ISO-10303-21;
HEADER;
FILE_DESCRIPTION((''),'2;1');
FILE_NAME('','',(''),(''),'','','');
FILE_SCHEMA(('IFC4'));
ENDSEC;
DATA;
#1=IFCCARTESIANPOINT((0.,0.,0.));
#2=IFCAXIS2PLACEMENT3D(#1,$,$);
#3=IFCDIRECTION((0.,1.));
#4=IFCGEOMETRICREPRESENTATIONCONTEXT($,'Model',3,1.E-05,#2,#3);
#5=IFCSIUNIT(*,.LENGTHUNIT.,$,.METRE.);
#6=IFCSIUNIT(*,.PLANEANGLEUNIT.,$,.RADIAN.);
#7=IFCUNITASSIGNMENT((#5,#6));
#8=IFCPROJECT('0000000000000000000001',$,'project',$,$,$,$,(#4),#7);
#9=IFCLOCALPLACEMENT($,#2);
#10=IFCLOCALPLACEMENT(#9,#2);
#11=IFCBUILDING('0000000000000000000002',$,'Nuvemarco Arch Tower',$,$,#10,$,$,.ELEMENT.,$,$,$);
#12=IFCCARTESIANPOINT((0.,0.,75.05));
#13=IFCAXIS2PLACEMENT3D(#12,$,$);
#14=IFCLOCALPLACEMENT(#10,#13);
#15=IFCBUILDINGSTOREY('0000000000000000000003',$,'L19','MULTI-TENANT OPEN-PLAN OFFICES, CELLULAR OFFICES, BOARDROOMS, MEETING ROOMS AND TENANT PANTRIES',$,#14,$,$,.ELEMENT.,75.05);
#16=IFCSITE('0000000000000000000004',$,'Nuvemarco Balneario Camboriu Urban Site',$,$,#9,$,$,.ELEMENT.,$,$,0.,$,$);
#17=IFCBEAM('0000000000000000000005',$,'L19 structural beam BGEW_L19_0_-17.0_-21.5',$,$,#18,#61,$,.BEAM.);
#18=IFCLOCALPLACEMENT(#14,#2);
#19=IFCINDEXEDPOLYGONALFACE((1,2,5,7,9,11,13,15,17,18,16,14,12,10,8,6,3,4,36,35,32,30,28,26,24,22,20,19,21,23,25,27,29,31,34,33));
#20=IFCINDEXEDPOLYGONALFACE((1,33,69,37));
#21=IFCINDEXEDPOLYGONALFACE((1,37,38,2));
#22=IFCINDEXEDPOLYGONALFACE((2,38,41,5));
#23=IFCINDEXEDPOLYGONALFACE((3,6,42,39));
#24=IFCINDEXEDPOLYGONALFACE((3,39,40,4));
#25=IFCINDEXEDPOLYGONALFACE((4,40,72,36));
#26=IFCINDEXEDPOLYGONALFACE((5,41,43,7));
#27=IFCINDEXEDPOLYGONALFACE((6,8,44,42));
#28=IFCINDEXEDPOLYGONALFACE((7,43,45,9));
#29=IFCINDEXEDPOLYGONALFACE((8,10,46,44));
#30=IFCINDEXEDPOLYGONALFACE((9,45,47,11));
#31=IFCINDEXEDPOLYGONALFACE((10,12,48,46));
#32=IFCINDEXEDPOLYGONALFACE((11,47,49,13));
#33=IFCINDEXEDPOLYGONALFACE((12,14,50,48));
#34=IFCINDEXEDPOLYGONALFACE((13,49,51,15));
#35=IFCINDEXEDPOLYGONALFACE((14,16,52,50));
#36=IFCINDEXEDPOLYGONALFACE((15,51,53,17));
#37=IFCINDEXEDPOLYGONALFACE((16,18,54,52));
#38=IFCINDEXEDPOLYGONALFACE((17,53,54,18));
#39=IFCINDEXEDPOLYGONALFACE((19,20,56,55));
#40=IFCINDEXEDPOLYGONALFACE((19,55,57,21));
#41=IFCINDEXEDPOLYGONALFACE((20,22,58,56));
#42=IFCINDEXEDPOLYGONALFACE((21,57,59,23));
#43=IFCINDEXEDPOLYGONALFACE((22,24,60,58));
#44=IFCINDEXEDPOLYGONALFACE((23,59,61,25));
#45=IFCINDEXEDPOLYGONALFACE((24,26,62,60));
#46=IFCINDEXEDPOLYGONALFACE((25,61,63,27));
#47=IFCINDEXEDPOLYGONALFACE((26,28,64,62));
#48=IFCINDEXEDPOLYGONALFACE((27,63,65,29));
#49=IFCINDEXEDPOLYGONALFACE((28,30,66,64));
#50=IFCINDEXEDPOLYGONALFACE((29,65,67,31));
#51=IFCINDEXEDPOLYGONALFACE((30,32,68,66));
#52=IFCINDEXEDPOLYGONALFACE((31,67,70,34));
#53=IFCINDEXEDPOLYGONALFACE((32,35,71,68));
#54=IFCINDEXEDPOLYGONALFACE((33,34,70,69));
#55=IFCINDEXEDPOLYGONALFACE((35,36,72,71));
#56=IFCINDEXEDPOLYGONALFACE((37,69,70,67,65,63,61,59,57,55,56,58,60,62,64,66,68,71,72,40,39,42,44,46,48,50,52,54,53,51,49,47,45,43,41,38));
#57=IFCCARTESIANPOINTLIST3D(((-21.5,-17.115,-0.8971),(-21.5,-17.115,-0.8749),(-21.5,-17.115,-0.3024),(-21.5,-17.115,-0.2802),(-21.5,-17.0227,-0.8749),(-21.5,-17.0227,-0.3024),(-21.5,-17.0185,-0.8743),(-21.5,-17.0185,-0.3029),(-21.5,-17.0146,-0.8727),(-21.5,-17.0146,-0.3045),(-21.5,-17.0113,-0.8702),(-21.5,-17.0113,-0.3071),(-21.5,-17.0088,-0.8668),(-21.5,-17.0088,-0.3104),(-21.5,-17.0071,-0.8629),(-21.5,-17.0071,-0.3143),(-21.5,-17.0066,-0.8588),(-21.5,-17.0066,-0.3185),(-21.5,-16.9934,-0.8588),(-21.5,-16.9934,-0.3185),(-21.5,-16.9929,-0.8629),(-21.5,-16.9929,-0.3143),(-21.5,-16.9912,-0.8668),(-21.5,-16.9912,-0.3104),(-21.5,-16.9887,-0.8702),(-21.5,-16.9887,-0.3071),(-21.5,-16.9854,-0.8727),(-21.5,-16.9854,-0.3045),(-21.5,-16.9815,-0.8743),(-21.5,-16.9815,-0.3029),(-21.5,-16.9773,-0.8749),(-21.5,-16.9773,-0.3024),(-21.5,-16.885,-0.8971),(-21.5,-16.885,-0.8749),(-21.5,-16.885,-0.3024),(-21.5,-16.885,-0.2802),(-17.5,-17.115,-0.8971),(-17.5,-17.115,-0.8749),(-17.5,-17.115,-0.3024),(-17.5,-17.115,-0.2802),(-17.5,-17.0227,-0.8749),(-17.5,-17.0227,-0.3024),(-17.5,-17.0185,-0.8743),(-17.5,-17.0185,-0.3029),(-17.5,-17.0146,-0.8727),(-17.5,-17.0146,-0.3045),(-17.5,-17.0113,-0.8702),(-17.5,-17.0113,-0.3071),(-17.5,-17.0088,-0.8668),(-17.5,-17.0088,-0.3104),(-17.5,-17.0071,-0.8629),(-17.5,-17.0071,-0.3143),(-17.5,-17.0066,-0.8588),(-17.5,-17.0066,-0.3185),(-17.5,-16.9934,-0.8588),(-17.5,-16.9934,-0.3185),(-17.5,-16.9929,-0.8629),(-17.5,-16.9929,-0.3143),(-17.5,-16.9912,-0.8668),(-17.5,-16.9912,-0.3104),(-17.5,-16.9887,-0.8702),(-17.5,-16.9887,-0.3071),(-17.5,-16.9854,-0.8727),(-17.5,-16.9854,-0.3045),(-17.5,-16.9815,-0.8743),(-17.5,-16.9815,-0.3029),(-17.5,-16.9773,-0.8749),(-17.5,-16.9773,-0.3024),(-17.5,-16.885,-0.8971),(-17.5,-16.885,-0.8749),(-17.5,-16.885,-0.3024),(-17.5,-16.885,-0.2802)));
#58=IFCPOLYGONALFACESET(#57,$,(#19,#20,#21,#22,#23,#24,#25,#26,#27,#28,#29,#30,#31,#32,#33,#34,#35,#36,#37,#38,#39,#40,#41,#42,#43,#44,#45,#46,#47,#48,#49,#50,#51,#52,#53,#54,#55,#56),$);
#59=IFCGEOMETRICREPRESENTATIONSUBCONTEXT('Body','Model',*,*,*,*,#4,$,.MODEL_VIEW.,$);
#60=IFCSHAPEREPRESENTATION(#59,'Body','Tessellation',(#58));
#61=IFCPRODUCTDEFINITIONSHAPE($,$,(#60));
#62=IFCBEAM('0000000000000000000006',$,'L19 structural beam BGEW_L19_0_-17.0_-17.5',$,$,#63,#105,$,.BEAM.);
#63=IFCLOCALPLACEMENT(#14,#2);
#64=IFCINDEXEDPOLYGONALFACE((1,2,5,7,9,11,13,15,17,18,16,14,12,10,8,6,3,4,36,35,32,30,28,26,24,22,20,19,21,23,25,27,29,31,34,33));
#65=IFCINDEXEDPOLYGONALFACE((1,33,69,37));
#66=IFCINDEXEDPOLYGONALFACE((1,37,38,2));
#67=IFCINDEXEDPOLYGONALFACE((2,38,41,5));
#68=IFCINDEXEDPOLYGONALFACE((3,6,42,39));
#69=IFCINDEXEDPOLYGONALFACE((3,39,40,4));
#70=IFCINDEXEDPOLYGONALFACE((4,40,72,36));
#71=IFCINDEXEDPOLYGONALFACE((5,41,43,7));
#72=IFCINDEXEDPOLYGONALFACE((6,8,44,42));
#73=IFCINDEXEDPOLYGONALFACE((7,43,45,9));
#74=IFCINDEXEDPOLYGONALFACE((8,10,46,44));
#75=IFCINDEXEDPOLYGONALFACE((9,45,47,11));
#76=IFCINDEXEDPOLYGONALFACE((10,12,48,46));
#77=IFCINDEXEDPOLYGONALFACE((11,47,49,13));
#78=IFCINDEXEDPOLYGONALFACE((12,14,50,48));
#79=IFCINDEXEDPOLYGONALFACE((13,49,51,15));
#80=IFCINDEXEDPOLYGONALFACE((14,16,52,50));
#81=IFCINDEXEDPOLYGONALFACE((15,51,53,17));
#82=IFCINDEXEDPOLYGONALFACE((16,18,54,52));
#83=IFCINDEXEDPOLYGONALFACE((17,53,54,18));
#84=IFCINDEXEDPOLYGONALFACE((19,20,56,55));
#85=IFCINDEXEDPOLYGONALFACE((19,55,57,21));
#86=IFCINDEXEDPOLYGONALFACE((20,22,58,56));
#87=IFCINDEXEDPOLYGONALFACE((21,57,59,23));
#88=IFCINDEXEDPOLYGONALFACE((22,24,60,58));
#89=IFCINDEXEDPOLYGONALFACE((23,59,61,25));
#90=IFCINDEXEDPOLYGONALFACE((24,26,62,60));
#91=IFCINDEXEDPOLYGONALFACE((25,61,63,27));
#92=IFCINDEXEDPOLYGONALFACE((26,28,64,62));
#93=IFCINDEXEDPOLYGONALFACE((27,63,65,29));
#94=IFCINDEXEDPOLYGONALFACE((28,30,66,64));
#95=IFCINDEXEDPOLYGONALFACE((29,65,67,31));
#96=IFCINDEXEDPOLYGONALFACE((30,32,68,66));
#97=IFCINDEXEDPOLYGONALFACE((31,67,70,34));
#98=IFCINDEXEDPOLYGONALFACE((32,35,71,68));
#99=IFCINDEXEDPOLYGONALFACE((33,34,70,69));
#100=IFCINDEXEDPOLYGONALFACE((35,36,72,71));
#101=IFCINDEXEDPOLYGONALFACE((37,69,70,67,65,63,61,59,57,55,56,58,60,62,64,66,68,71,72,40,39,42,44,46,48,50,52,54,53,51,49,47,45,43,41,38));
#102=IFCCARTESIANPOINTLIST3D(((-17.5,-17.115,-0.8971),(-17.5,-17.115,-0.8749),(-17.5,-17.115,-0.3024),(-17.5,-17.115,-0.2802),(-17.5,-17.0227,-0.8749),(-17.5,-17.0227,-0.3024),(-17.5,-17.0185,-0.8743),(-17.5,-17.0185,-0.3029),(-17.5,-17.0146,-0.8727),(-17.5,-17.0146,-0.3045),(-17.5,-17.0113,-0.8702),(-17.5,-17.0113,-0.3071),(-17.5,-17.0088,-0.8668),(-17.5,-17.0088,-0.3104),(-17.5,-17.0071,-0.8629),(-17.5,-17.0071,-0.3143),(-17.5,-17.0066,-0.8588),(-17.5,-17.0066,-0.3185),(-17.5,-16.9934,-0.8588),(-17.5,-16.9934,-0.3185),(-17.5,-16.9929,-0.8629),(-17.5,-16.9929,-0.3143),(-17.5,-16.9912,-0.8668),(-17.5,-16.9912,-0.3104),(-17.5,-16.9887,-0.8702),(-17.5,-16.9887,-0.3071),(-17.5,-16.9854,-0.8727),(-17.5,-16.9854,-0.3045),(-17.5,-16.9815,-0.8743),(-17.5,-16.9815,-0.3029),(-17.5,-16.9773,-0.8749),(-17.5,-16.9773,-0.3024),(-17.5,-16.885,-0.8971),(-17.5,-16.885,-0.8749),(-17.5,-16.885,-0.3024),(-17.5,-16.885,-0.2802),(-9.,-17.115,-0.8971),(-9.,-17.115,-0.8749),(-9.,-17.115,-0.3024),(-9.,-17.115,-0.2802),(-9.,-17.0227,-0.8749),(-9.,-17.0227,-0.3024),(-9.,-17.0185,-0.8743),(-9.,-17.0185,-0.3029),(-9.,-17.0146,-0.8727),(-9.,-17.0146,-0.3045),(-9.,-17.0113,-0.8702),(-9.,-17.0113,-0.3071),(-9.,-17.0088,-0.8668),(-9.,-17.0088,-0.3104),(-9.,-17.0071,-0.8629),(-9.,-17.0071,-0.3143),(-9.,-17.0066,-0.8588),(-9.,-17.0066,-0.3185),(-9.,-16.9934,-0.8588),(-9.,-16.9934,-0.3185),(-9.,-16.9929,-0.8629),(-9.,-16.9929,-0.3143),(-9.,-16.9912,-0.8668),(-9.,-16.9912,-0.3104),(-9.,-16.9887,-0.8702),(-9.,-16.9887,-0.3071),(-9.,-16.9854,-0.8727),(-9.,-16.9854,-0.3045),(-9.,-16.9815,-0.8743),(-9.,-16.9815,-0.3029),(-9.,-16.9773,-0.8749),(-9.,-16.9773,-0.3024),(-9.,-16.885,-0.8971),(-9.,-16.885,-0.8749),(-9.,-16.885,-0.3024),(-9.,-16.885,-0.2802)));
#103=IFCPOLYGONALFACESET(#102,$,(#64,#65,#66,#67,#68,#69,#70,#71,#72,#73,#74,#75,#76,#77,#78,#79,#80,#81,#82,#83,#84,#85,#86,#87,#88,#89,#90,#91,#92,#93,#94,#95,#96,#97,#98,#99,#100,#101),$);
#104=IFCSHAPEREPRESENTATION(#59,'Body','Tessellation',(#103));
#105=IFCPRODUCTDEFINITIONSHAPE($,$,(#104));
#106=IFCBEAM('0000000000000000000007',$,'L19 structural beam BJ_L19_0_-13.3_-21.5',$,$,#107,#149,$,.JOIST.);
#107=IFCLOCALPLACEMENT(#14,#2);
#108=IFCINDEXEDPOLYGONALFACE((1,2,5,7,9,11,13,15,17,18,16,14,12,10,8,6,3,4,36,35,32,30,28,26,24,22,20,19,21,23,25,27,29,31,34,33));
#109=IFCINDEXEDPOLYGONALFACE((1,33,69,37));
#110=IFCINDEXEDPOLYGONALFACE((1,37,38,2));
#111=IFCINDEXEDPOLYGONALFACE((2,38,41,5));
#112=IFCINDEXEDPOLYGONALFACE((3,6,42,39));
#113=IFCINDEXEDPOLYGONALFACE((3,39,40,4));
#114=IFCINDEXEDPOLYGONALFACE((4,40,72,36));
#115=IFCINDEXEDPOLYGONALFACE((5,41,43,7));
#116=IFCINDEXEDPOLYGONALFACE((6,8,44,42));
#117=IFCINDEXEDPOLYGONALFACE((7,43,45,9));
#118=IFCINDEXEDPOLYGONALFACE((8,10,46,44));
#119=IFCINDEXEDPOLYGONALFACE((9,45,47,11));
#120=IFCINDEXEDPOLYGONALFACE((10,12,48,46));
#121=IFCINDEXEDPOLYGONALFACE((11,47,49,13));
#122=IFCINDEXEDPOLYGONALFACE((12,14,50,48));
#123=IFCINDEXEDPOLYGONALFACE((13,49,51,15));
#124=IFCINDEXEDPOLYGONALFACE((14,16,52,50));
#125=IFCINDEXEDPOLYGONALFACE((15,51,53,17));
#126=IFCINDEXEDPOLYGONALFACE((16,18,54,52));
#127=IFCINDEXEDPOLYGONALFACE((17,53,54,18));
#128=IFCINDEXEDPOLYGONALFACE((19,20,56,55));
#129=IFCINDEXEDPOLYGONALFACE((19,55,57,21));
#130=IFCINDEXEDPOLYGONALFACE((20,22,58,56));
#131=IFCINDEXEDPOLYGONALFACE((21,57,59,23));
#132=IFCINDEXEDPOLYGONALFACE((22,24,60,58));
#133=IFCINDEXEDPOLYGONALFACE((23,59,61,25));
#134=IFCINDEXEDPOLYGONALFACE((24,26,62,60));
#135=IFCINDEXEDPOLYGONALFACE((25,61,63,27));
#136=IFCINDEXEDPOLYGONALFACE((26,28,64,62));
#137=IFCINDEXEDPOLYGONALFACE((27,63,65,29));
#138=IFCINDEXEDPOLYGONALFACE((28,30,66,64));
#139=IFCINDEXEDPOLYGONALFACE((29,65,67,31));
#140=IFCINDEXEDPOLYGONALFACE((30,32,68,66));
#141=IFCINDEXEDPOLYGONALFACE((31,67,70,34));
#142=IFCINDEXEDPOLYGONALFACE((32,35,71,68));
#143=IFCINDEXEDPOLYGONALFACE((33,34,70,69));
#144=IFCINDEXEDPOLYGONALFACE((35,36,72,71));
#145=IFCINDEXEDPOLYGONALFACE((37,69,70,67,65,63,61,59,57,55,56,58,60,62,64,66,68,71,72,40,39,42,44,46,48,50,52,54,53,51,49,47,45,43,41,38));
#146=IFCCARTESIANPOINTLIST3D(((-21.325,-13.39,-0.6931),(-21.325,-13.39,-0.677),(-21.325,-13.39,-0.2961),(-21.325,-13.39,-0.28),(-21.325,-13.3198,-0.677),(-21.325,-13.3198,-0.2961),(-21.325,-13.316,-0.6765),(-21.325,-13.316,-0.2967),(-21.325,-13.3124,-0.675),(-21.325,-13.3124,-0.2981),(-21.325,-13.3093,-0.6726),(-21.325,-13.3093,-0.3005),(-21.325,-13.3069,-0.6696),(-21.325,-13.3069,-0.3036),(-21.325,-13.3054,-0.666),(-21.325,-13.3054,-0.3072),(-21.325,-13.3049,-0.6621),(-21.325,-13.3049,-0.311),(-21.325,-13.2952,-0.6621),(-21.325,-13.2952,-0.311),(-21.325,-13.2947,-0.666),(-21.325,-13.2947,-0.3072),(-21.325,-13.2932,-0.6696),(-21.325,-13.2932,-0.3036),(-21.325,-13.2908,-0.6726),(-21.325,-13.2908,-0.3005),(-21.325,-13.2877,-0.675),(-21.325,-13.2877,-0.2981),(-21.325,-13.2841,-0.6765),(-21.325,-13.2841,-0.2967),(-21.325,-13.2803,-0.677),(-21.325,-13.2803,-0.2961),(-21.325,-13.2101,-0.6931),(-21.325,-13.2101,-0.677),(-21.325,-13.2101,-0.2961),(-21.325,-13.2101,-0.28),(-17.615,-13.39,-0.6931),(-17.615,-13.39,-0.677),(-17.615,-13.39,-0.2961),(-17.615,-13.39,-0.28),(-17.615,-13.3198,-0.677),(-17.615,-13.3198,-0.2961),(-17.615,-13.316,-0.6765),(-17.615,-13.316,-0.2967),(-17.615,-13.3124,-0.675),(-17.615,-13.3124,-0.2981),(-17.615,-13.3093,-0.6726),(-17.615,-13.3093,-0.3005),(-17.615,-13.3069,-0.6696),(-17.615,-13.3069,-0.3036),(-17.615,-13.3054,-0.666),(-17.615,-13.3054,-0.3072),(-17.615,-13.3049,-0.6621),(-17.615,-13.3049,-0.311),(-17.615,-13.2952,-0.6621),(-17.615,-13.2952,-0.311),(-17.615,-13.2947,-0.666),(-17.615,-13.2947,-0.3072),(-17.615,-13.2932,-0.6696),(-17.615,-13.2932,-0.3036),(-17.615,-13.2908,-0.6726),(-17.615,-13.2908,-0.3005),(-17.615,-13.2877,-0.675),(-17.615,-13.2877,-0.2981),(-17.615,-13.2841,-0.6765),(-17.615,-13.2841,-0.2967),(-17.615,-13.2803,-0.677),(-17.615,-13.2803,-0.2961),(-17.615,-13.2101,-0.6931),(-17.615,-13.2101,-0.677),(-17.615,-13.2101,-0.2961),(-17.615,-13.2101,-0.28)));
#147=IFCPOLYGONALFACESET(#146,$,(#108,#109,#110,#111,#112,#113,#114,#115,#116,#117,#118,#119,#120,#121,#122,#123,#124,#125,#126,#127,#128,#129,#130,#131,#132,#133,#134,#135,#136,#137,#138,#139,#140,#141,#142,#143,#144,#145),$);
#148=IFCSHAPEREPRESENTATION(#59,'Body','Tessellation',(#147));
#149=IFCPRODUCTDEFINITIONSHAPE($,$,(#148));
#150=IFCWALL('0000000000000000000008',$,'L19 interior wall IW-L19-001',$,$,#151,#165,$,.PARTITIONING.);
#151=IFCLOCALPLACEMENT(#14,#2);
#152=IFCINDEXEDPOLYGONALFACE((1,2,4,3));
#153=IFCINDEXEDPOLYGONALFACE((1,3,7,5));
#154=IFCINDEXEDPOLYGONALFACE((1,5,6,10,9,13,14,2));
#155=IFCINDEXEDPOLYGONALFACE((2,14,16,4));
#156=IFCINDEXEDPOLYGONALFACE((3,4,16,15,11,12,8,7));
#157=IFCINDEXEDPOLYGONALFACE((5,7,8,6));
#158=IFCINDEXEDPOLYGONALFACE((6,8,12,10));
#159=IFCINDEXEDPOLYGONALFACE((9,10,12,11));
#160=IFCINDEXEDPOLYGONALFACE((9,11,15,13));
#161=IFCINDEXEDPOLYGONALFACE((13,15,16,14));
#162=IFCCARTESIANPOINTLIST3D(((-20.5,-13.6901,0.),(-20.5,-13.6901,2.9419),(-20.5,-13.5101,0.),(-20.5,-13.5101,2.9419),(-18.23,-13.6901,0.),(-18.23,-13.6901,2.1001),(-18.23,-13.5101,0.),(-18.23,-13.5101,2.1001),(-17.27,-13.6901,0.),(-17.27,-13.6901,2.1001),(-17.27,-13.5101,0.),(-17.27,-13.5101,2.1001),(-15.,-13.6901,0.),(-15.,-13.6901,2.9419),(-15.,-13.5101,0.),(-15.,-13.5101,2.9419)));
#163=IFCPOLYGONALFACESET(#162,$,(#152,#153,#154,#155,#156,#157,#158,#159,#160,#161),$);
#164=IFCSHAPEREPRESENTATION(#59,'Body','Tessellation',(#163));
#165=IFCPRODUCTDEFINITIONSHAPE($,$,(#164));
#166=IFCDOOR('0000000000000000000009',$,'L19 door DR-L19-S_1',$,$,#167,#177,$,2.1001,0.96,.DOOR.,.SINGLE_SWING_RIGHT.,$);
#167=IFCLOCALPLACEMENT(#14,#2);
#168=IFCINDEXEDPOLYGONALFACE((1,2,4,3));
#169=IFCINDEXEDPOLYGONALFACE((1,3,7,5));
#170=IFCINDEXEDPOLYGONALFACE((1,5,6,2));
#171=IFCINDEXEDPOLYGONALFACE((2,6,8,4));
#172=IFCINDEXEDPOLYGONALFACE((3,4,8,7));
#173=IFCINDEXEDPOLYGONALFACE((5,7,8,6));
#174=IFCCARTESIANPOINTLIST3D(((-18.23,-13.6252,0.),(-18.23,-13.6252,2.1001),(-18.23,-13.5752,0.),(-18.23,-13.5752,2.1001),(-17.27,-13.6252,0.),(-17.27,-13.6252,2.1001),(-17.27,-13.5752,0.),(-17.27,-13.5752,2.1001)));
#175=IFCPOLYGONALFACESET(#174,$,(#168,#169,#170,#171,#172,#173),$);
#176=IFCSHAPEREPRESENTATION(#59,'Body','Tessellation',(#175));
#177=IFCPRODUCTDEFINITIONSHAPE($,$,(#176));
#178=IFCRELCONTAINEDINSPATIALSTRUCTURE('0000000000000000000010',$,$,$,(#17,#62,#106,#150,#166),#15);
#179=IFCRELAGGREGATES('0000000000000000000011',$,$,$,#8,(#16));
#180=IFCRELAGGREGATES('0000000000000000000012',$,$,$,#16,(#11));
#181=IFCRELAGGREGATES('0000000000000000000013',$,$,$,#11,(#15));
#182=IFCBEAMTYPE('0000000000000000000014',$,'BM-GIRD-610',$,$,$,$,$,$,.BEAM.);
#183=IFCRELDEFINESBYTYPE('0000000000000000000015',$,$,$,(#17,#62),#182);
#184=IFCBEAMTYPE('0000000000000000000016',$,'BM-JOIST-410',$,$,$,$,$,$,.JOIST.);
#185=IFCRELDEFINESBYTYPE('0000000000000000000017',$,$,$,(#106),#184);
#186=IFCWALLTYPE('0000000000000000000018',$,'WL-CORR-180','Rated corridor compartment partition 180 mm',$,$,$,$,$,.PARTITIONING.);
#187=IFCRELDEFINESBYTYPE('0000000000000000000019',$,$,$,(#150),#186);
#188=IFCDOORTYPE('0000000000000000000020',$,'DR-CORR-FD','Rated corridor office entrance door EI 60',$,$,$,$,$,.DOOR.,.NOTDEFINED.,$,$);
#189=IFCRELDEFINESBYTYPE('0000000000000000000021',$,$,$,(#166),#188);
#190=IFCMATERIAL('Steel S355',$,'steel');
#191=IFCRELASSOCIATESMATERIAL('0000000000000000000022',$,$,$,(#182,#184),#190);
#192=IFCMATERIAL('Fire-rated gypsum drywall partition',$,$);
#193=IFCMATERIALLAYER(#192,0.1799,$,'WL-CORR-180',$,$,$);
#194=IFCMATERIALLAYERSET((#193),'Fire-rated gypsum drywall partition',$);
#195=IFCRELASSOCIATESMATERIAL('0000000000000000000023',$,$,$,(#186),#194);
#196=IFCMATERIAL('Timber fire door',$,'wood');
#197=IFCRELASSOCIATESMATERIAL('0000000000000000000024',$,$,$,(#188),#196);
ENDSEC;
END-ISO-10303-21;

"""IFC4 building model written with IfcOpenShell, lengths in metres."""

from ifc_helpers import new_model, si_unit, direction, frame, frame_2d, origin, origin_2d, place, context, subcontext, project, spatial, rectangle, i_section, extrude, source, transform, mapped, material, layer, layer_set, material_profile, profile_set, type_object, type_shapes, element, fill, save


model = new_model("IFC4")

# Units and contexts
model_context = context("Model", 3, precision=1e-05, world=origin(), true_north=direction((0.0, 1.0)))
body_context = subcontext(model_context, "Body", "Model", "MODEL_VIEW")
ifc_project = project(units=[si_unit("LENGTHUNIT", "METRE"), si_unit("PLANEANGLEUNIT", "RADIAN")], contexts=[model_context])

# Site, building, storey
site_placement = place(None, origin())
site = spatial("IfcSite", under=ifc_project, at=site_placement, Name="Nuvemarco Balneario Camboriu Urban Site", CompositionType="ELEMENT", RefElevation=0.0)
building_placement = place(site_placement, origin())
building = spatial("IfcBuilding", under=site, at=building_placement, Name="Nuvemarco Arch Tower", CompositionType="ELEMENT")
storey_placement = place(building_placement, frame((0.0, 0.0, 75.05)))
storey = spatial("IfcBuildingStorey", under=building, at=storey_placement, Name="L19", Description="MULTI-TENANT OPEN-PLAN OFFICES, CELLULAR OFFICES, BOARDROOMS, MEETING ROOMS AND TENANT PANTRIES", CompositionType="ELEMENT", Elevation=75.05)

# Shared definitions
ifc_material_1 = material(Name="Steel S355", Category="steel")

# Beams
ifc_material_profile_1 = material_profile(ifc_material_1, i_section(OverallWidth=0.23, OverallDepth=0.6169, WebThickness=0.0132, FlangeThickness=0.0222, FilletRadius=0.0161, at=origin_2d()), Name="W610x140")
ifc_profile_set_1 = profile_set([ifc_material_profile_1], Name="Steel S355")
beam_type_1 = type_object("IfcBeamType", Name="BM-GIRD-610", PredefinedType="BEAM", material=ifc_profile_set_1)
beam_1_placement = place(storey_placement, frame((-21.5, -17.0, -0.5886), z_axis=(1.0, 0.0, 0.0), x_axis=(0.0, 1.0, 0.0)))
element("IfcBeam", 1, at=beam_1_placement, inside=storey, type_object=beam_type_1, Name="L19 structural beam BGEW_L19_0_-17.0_-21.5", PredefinedType="BEAM", context=body_context, shape_type="SweptSolid", body=[
    extrude(i_section(OverallWidth=0.23, OverallDepth=0.6169, WebThickness=0.0132, FlangeThickness=0.0222, FilletRadius=0.0161, at=origin_2d()), origin(), (0.0, 0.0, 1.0), 4.0),
])
beam_2_placement = place(storey_placement, frame((-17.5, -17.0, -0.5886), z_axis=(1.0, 0.0, 0.0), x_axis=(0.0, 1.0, 0.0)))
element("IfcBeam", 2, at=beam_2_placement, inside=storey, type_object=beam_type_1, Name="L19 structural beam BGEW_L19_0_-17.0_-17.5", PredefinedType="BEAM", context=body_context, shape_type="SweptSolid", body=[
    extrude(i_section(OverallWidth=0.23, OverallDepth=0.6169, WebThickness=0.0132, FlangeThickness=0.0222, FilletRadius=0.0161, at=origin_2d()), origin(), (0.0, 0.0, 1.0), 8.5),
])
ifc_material_profile_2 = material_profile(ifc_material_1, i_section(OverallWidth=0.1799, OverallDepth=0.4131, WebThickness=0.0098, FlangeThickness=0.0161, FilletRadius=0.0149, at=origin_2d()), Name="W410x75")
ifc_profile_set_2 = profile_set([ifc_material_profile_2], Name="Steel S355")
beam_type_2 = type_object("IfcBeamType", Name="BM-JOIST-410", PredefinedType="JOIST", material=ifc_profile_set_2)
beam_3_placement = place(storey_placement, frame((-21.325, -13.3, -0.4866), z_axis=(1.0, 0.0, 0.0), x_axis=(0.0, 1.0, 0.0)))
element("IfcBeam", 3, at=beam_3_placement, inside=storey, type_object=beam_type_2, Name="L19 structural beam BJ_L19_0_-13.3_-21.5", PredefinedType="JOIST", context=body_context, shape_type="SweptSolid", body=[
    extrude(i_section(OverallWidth=0.1799, OverallDepth=0.4131, WebThickness=0.0098, FlangeThickness=0.0161, FilletRadius=0.0149, at=origin_2d()), origin(), (0.0, 0.0, 1.0), 3.71),
])

# Wall, opening, door
ifc_material_2 = material(Name="Fire-rated gypsum drywall partition")
ifc_layer = layer(ifc_material_2, 0.1799, Name="WL-CORR-180")
ifc_layer_set = layer_set([ifc_layer], Name="Fire-rated gypsum drywall partition")
wall_type = type_object("IfcWallType", Name="WL-CORR-180", Description="Rated corridor compartment partition 180 mm", PredefinedType="PARTITIONING", material=ifc_layer_set)
wall_1_placement = place(storey_placement, frame((-20.5, -13.6001, 0.0), z_axis=(0.0, 0.0, 1.0), x_axis=(1.0, 0.0, 0.0)))
wall_1 = element("IfcWall", 4, at=wall_1_placement, inside=storey, type_object=wall_type, Name="L19 interior wall IW-L19-001", PredefinedType="PARTITIONING", context=body_context, shape_type="SweptSolid", body=[
    extrude(rectangle(XDim=5.5, YDim=0.1799, at=frame_2d((2.75, 0.0))), origin(), (0.0, 0.0, 1.0), 2.9419),
])
opening_1_placement = place(wall_1_placement, frame((2.27, 0.0, 0.0)))
opening_1 = element("IfcOpeningElement", 5, at=opening_1_placement, cuts=wall_1, PredefinedType="OPENING", context=body_context, shape_type="SweptSolid", body=[
    extrude(rectangle(XDim=0.96, YDim=2.1001, at=frame_2d((0.48, 1.05))), frame((0.0, 0.0999, 0.0), z_axis=(0.0, -1.0, 0.0), x_axis=(1.0, 0.0, 0.0)), (0.0, 0.0, 1.0), 0.2),
])
ifc_material_3 = material(Name="Timber fire door", Category="wood")
door_type = type_object("IfcDoorType", Name="DR-CORR-FD", Description="Rated corridor office entrance door EI 60", OperationType="NOTDEFINED", PredefinedType="DOOR", material=ifc_material_3)
shared_shape_1 = source(origin(), body_context, "Body", "SweptSolid", [
    extrude(rectangle(XDim=0.96, YDim=2.1001, at=frame_2d((0.48, 1.05))), frame((0.0, 0.0249, 0.0), z_axis=(0.0, -1.0, 0.0), x_axis=(1.0, 0.0, 0.0)), (0.0, 0.0, 1.0), 0.05),
])
type_shapes(door_type, [shared_shape_1])
door_1_placement = place(opening_1_placement, origin())
door_1 = element("IfcDoor", 6, at=door_1_placement, inside=storey, type_object=door_type, Name="L19 door DR-L19-S_1", OperationType="SINGLE_SWING_RIGHT", OverallHeight=2.1001, OverallWidth=0.96, PredefinedType="DOOR", context=body_context, shape_type="MappedRepresentation", body=[
    mapped(shared_shape_1, transform((0.0, 0.0, 0.0), scale=1.0)),
])
fill(opening_1, door_1)

save(model, "model.ifc")
